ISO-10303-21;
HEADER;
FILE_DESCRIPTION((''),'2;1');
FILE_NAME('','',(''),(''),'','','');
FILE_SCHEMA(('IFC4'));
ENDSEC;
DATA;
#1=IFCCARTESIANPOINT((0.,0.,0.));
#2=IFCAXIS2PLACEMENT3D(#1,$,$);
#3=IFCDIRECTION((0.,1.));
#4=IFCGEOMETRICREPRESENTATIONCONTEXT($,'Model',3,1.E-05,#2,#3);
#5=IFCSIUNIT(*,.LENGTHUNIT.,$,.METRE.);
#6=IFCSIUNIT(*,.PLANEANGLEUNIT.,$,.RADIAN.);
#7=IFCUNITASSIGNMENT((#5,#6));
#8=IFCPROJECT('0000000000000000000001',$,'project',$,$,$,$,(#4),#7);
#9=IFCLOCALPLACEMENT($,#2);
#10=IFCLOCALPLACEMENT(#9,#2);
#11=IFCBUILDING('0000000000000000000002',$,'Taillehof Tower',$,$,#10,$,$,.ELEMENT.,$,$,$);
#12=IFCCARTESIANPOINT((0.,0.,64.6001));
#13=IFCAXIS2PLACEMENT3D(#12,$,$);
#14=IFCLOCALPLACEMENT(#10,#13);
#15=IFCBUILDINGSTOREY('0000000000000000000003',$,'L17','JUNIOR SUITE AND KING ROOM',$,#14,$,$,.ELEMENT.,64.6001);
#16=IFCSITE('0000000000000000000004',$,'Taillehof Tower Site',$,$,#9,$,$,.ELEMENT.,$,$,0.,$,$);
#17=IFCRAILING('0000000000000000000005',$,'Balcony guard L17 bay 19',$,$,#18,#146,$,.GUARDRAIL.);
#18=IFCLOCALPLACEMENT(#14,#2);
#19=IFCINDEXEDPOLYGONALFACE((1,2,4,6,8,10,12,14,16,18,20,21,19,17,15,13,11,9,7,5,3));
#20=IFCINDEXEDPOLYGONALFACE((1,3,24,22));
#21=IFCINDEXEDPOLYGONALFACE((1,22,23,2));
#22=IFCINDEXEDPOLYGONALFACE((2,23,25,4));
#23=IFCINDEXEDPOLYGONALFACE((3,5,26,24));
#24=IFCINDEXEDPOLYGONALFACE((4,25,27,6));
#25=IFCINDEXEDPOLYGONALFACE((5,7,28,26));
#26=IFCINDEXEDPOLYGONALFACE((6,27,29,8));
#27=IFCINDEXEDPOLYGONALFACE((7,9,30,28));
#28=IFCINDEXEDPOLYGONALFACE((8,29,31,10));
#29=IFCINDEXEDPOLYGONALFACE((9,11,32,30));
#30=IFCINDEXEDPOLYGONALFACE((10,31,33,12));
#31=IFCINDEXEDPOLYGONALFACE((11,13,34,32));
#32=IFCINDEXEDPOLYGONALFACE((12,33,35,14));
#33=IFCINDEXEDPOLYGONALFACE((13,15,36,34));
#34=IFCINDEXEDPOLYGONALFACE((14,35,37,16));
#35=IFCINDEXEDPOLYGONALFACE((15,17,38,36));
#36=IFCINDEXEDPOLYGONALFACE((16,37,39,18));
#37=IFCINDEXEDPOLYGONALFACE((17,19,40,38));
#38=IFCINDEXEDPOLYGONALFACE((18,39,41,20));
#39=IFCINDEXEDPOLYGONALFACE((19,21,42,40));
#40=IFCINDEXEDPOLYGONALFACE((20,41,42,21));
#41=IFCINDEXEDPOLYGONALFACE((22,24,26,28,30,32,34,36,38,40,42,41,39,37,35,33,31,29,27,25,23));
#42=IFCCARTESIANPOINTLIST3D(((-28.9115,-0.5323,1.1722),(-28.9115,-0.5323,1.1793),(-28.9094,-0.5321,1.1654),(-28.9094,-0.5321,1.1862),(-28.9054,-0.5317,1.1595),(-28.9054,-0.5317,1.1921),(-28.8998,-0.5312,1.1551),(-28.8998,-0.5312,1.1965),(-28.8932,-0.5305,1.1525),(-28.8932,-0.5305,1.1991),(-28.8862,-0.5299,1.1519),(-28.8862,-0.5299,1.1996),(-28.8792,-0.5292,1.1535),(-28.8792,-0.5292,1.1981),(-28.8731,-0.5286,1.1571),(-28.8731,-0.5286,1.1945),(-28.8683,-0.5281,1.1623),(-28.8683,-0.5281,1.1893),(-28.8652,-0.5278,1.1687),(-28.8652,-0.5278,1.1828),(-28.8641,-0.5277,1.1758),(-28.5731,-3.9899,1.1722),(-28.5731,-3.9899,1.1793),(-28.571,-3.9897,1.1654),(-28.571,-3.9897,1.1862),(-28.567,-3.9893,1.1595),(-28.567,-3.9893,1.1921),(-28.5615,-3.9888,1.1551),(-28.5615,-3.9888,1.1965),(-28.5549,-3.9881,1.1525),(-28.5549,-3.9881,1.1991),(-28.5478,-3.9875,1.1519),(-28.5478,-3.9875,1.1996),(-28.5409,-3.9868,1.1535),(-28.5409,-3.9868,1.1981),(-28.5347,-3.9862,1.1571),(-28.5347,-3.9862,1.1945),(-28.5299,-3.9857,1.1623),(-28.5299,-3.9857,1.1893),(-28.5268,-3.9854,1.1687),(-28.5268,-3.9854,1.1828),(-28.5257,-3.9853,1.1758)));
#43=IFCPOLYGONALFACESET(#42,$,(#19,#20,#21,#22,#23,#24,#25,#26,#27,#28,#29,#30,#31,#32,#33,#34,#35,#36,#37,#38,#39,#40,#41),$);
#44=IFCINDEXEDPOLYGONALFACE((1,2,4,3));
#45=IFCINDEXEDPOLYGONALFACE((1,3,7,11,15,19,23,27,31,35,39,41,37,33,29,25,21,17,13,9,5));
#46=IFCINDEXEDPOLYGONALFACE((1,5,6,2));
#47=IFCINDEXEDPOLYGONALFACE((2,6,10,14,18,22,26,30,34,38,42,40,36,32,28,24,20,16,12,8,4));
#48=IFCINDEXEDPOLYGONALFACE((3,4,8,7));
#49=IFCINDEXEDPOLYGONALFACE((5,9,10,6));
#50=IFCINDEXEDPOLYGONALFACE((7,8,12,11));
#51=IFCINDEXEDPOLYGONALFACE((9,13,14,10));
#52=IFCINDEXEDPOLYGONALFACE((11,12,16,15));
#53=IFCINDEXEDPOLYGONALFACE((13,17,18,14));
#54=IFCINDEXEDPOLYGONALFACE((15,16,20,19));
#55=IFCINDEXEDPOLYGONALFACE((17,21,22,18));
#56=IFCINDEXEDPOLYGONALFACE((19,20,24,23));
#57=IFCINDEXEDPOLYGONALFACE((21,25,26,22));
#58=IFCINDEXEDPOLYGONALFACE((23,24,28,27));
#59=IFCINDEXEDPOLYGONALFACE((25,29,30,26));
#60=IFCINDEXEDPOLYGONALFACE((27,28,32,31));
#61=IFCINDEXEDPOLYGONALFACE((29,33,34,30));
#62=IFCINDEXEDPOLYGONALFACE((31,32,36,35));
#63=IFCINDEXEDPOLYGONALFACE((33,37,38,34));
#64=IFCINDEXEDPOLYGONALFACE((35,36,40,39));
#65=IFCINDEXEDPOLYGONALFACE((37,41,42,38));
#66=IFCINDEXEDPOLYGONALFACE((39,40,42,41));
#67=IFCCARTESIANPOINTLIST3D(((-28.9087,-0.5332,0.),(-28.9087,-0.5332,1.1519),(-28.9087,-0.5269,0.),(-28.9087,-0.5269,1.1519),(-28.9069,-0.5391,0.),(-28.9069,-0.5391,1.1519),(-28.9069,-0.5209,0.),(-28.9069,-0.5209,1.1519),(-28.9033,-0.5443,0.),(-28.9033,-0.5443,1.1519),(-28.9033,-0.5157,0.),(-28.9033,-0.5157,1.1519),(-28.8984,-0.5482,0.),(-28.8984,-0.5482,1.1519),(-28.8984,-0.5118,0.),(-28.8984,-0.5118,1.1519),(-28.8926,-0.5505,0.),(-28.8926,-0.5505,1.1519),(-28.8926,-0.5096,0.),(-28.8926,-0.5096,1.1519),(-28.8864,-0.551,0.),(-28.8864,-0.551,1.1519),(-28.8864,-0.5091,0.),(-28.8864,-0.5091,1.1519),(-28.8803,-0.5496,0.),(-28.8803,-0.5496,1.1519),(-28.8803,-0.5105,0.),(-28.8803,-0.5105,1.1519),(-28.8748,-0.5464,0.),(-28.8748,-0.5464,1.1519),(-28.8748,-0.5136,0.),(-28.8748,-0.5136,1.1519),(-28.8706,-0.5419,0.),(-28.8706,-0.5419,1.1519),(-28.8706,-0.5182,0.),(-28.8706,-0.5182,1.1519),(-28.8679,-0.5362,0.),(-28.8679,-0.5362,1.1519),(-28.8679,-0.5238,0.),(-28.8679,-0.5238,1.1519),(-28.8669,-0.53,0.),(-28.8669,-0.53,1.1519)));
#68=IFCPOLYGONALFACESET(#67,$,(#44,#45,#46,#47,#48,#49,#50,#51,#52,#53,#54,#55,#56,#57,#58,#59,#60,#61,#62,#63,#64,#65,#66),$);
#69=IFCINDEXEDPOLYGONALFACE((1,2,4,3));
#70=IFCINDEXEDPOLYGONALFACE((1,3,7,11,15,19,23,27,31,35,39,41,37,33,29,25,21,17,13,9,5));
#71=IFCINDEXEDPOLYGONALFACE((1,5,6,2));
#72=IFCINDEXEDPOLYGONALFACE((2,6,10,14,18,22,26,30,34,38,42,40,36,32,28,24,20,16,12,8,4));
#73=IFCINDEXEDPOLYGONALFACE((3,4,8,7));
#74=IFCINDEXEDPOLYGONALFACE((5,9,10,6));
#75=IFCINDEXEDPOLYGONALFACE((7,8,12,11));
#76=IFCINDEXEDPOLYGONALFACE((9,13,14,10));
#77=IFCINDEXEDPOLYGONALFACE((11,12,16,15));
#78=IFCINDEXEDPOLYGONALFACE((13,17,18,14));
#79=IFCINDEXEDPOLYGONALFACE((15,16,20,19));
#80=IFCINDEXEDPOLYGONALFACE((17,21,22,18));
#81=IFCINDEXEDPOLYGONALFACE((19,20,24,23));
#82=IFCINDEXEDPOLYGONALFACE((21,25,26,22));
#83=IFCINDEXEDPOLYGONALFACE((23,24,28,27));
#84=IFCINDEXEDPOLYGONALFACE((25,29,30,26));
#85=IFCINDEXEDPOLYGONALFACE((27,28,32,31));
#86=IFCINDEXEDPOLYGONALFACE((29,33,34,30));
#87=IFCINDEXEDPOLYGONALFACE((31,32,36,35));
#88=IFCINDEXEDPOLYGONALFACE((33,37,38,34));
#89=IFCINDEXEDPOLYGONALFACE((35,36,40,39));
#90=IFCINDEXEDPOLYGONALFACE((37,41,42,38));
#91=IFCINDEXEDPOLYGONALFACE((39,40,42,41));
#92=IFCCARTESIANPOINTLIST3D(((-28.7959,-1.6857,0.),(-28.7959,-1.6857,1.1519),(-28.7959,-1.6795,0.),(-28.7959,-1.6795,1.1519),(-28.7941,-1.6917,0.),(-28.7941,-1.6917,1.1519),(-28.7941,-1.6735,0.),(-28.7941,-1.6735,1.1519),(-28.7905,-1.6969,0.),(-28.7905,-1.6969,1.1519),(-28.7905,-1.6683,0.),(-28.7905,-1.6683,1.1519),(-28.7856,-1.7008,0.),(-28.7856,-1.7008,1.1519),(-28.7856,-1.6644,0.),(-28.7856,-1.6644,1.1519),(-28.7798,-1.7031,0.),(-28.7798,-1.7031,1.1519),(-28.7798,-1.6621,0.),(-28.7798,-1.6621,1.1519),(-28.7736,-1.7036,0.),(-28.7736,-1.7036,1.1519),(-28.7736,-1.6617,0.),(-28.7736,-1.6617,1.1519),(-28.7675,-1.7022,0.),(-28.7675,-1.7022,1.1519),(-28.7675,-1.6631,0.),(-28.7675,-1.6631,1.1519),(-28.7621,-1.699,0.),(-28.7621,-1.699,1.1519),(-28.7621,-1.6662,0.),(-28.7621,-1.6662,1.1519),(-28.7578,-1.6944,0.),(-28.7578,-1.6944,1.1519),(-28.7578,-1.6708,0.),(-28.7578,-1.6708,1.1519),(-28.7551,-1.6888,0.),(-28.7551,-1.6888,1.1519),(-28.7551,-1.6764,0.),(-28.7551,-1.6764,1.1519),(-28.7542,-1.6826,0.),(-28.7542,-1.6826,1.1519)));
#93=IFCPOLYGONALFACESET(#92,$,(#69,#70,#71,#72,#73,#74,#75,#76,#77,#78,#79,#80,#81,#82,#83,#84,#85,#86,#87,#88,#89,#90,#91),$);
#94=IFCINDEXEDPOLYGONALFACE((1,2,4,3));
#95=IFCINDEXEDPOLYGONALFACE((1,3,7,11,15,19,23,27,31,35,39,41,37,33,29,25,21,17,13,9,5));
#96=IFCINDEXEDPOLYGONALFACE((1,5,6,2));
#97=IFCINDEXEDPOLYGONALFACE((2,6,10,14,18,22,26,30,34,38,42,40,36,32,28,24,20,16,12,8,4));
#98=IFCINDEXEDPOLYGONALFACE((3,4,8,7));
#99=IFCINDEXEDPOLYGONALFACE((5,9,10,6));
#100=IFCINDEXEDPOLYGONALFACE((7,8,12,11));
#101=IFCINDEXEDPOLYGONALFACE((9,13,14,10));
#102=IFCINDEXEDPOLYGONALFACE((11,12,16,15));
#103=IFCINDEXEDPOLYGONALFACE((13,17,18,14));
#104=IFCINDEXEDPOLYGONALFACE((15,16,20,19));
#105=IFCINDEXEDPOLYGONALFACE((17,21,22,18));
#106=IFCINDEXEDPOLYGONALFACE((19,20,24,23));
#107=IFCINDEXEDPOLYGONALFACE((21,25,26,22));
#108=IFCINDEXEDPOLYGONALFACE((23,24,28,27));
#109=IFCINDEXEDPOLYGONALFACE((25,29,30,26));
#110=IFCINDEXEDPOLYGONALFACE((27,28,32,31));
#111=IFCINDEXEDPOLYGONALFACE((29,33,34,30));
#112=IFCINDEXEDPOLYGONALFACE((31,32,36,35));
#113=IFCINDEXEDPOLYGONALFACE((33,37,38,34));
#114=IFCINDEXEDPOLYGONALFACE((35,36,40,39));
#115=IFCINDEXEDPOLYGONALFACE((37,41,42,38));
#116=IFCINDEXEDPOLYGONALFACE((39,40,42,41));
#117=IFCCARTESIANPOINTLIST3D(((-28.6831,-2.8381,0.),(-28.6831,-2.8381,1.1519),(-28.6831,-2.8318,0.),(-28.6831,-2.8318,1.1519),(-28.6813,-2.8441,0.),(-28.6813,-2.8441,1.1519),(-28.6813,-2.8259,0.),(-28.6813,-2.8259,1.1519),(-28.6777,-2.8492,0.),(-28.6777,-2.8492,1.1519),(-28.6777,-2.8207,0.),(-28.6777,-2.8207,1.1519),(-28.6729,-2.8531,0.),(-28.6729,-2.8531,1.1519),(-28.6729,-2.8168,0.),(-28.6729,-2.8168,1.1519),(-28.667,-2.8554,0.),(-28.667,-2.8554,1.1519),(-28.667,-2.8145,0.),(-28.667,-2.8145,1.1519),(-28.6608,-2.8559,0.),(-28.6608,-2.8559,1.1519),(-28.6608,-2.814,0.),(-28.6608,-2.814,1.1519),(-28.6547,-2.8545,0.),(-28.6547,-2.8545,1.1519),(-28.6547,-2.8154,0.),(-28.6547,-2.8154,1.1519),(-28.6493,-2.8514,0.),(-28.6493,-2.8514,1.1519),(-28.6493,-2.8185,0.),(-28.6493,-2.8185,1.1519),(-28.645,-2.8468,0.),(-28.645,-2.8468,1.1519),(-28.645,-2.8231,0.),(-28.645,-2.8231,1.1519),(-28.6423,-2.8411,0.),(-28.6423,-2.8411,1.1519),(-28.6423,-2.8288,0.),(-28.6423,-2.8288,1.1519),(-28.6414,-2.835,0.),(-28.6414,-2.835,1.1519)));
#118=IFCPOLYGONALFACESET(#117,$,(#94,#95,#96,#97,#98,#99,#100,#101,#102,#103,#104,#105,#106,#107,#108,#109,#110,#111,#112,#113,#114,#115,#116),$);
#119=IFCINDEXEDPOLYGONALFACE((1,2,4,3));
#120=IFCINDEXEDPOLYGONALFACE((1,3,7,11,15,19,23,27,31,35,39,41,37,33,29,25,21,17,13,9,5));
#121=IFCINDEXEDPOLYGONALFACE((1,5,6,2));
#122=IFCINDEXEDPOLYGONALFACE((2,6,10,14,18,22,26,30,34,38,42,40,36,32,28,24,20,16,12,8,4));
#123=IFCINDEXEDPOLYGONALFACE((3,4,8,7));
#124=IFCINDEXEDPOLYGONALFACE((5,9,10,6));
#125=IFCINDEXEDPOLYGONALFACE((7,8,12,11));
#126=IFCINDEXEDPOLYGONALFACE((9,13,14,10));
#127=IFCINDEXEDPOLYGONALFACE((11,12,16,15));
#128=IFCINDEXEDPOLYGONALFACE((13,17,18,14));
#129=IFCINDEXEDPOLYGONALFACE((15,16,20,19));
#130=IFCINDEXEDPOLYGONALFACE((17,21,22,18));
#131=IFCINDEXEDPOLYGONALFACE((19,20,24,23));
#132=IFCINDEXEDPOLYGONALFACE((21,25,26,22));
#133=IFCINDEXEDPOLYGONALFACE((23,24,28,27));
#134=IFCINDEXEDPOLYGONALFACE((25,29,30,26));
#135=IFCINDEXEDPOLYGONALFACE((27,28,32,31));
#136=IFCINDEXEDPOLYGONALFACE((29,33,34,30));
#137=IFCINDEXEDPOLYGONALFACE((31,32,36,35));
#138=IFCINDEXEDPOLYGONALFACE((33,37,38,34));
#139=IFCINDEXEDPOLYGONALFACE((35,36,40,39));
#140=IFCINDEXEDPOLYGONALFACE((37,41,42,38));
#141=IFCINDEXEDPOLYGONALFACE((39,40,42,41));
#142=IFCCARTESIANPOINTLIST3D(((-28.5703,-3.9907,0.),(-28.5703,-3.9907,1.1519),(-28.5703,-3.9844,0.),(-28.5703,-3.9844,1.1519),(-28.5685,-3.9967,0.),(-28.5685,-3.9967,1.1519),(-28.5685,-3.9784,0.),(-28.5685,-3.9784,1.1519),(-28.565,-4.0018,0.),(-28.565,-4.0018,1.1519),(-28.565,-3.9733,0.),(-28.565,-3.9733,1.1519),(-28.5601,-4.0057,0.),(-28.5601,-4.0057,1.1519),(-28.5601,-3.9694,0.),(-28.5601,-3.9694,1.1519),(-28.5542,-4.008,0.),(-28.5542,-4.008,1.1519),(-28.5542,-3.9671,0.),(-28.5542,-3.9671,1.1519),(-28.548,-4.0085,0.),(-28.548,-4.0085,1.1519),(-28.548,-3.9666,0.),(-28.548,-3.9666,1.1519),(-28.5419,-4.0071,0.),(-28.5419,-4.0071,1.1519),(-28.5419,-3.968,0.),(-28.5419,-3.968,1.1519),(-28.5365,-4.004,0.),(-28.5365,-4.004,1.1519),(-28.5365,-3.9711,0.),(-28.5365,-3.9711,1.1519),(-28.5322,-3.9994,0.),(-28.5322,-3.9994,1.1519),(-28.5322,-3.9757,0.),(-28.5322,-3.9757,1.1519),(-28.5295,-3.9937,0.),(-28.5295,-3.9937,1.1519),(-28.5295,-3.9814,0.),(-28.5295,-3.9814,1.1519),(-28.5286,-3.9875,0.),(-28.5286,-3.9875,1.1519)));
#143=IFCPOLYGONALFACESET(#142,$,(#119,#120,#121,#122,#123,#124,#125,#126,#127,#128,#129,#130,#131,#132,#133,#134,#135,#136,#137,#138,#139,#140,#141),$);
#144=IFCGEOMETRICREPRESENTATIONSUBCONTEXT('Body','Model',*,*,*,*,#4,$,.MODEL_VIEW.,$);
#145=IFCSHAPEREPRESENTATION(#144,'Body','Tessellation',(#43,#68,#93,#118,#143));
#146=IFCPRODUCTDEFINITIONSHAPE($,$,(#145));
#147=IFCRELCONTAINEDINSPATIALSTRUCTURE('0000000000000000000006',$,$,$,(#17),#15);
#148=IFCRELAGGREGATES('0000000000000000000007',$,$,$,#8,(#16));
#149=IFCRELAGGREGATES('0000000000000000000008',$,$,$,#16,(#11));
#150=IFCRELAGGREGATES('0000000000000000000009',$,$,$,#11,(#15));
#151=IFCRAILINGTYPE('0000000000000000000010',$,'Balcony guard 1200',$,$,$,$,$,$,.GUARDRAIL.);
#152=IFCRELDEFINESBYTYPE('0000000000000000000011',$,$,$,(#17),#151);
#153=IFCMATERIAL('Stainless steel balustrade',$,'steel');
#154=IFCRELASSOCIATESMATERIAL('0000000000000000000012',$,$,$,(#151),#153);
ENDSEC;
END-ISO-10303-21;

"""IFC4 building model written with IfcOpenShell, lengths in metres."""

from ifc_helpers import new_model, si_unit, direction, frame, origin, origin_2d, place, context, subcontext, project, spatial, circle, extrude, material, type_object, element, save


model = new_model("IFC4")

# Units and contexts
model_context = context("Model", 3, precision=1e-05, world=origin(), true_north=direction((0.0, 1.0)))
body_context = subcontext(model_context, "Body", "Model", "MODEL_VIEW")
ifc_project = project(units=[si_unit("LENGTHUNIT", "METRE"), si_unit("PLANEANGLEUNIT", "RADIAN")], contexts=[model_context])

# Site, building, storey
site_placement = place(None, origin())
site = spatial("IfcSite", under=ifc_project, at=site_placement, Name="Taillehof Tower Site", CompositionType="ELEMENT", RefElevation=0.0)
building_placement = place(site_placement, origin())
building = spatial("IfcBuilding", under=site, at=building_placement, Name="Taillehof Tower", CompositionType="ELEMENT")
storey_placement = place(building_placement, frame((0.0, 0.0, 64.6001)))
storey = spatial("IfcBuildingStorey", under=building, at=storey_placement, Name="L17", Description="JUNIOR SUITE AND KING ROOM", CompositionType="ELEMENT", Elevation=64.6001)

# Railing
ifc_material_1 = material(Name="Stainless steel balustrade", Category="steel")
railing_type = type_object("IfcRailingType", Name="Balcony guard 1200", PredefinedType="GUARDRAIL", material=ifc_material_1)
railing_1_placement = place(storey_placement, frame((-28.8879, -0.53, 0.0)))
element("IfcRailing", 1, at=railing_1_placement, inside=storey, type_object=railing_type, Name="Balcony guard L17 bay 19", PredefinedType="GUARDRAIL", context=body_context, shape_type="SweptSolid", body=[
    extrude(circle(Radius=0.0239, at=origin_2d()), frame((0.0, 0.0, 1.1758), z_axis=(0.097402, -0.995245, 0.0), x_axis=(0.995245, 0.097402, 0.0)), (0.0, 0.0, 1.0), 3.4741),
    extrude(circle(Radius=0.021, at=origin_2d()), origin(), (0.0, 0.0, 1.0), 1.1519),
    extrude(circle(Radius=0.021, at=origin_2d()), frame((0.1128, -1.1526, 0.0)), (0.0, 0.0, 1.0), 1.1519),
    extrude(circle(Radius=0.021, at=origin_2d()), frame((0.2256, -2.3049, 0.0)), (0.0, 0.0, 1.0), 1.1519),
    extrude(circle(Radius=0.021, at=origin_2d()), frame((0.3384, -3.4575, 0.0)), (0.0, 0.0, 1.0), 1.1519),
])

save(model, "model.ifc")
